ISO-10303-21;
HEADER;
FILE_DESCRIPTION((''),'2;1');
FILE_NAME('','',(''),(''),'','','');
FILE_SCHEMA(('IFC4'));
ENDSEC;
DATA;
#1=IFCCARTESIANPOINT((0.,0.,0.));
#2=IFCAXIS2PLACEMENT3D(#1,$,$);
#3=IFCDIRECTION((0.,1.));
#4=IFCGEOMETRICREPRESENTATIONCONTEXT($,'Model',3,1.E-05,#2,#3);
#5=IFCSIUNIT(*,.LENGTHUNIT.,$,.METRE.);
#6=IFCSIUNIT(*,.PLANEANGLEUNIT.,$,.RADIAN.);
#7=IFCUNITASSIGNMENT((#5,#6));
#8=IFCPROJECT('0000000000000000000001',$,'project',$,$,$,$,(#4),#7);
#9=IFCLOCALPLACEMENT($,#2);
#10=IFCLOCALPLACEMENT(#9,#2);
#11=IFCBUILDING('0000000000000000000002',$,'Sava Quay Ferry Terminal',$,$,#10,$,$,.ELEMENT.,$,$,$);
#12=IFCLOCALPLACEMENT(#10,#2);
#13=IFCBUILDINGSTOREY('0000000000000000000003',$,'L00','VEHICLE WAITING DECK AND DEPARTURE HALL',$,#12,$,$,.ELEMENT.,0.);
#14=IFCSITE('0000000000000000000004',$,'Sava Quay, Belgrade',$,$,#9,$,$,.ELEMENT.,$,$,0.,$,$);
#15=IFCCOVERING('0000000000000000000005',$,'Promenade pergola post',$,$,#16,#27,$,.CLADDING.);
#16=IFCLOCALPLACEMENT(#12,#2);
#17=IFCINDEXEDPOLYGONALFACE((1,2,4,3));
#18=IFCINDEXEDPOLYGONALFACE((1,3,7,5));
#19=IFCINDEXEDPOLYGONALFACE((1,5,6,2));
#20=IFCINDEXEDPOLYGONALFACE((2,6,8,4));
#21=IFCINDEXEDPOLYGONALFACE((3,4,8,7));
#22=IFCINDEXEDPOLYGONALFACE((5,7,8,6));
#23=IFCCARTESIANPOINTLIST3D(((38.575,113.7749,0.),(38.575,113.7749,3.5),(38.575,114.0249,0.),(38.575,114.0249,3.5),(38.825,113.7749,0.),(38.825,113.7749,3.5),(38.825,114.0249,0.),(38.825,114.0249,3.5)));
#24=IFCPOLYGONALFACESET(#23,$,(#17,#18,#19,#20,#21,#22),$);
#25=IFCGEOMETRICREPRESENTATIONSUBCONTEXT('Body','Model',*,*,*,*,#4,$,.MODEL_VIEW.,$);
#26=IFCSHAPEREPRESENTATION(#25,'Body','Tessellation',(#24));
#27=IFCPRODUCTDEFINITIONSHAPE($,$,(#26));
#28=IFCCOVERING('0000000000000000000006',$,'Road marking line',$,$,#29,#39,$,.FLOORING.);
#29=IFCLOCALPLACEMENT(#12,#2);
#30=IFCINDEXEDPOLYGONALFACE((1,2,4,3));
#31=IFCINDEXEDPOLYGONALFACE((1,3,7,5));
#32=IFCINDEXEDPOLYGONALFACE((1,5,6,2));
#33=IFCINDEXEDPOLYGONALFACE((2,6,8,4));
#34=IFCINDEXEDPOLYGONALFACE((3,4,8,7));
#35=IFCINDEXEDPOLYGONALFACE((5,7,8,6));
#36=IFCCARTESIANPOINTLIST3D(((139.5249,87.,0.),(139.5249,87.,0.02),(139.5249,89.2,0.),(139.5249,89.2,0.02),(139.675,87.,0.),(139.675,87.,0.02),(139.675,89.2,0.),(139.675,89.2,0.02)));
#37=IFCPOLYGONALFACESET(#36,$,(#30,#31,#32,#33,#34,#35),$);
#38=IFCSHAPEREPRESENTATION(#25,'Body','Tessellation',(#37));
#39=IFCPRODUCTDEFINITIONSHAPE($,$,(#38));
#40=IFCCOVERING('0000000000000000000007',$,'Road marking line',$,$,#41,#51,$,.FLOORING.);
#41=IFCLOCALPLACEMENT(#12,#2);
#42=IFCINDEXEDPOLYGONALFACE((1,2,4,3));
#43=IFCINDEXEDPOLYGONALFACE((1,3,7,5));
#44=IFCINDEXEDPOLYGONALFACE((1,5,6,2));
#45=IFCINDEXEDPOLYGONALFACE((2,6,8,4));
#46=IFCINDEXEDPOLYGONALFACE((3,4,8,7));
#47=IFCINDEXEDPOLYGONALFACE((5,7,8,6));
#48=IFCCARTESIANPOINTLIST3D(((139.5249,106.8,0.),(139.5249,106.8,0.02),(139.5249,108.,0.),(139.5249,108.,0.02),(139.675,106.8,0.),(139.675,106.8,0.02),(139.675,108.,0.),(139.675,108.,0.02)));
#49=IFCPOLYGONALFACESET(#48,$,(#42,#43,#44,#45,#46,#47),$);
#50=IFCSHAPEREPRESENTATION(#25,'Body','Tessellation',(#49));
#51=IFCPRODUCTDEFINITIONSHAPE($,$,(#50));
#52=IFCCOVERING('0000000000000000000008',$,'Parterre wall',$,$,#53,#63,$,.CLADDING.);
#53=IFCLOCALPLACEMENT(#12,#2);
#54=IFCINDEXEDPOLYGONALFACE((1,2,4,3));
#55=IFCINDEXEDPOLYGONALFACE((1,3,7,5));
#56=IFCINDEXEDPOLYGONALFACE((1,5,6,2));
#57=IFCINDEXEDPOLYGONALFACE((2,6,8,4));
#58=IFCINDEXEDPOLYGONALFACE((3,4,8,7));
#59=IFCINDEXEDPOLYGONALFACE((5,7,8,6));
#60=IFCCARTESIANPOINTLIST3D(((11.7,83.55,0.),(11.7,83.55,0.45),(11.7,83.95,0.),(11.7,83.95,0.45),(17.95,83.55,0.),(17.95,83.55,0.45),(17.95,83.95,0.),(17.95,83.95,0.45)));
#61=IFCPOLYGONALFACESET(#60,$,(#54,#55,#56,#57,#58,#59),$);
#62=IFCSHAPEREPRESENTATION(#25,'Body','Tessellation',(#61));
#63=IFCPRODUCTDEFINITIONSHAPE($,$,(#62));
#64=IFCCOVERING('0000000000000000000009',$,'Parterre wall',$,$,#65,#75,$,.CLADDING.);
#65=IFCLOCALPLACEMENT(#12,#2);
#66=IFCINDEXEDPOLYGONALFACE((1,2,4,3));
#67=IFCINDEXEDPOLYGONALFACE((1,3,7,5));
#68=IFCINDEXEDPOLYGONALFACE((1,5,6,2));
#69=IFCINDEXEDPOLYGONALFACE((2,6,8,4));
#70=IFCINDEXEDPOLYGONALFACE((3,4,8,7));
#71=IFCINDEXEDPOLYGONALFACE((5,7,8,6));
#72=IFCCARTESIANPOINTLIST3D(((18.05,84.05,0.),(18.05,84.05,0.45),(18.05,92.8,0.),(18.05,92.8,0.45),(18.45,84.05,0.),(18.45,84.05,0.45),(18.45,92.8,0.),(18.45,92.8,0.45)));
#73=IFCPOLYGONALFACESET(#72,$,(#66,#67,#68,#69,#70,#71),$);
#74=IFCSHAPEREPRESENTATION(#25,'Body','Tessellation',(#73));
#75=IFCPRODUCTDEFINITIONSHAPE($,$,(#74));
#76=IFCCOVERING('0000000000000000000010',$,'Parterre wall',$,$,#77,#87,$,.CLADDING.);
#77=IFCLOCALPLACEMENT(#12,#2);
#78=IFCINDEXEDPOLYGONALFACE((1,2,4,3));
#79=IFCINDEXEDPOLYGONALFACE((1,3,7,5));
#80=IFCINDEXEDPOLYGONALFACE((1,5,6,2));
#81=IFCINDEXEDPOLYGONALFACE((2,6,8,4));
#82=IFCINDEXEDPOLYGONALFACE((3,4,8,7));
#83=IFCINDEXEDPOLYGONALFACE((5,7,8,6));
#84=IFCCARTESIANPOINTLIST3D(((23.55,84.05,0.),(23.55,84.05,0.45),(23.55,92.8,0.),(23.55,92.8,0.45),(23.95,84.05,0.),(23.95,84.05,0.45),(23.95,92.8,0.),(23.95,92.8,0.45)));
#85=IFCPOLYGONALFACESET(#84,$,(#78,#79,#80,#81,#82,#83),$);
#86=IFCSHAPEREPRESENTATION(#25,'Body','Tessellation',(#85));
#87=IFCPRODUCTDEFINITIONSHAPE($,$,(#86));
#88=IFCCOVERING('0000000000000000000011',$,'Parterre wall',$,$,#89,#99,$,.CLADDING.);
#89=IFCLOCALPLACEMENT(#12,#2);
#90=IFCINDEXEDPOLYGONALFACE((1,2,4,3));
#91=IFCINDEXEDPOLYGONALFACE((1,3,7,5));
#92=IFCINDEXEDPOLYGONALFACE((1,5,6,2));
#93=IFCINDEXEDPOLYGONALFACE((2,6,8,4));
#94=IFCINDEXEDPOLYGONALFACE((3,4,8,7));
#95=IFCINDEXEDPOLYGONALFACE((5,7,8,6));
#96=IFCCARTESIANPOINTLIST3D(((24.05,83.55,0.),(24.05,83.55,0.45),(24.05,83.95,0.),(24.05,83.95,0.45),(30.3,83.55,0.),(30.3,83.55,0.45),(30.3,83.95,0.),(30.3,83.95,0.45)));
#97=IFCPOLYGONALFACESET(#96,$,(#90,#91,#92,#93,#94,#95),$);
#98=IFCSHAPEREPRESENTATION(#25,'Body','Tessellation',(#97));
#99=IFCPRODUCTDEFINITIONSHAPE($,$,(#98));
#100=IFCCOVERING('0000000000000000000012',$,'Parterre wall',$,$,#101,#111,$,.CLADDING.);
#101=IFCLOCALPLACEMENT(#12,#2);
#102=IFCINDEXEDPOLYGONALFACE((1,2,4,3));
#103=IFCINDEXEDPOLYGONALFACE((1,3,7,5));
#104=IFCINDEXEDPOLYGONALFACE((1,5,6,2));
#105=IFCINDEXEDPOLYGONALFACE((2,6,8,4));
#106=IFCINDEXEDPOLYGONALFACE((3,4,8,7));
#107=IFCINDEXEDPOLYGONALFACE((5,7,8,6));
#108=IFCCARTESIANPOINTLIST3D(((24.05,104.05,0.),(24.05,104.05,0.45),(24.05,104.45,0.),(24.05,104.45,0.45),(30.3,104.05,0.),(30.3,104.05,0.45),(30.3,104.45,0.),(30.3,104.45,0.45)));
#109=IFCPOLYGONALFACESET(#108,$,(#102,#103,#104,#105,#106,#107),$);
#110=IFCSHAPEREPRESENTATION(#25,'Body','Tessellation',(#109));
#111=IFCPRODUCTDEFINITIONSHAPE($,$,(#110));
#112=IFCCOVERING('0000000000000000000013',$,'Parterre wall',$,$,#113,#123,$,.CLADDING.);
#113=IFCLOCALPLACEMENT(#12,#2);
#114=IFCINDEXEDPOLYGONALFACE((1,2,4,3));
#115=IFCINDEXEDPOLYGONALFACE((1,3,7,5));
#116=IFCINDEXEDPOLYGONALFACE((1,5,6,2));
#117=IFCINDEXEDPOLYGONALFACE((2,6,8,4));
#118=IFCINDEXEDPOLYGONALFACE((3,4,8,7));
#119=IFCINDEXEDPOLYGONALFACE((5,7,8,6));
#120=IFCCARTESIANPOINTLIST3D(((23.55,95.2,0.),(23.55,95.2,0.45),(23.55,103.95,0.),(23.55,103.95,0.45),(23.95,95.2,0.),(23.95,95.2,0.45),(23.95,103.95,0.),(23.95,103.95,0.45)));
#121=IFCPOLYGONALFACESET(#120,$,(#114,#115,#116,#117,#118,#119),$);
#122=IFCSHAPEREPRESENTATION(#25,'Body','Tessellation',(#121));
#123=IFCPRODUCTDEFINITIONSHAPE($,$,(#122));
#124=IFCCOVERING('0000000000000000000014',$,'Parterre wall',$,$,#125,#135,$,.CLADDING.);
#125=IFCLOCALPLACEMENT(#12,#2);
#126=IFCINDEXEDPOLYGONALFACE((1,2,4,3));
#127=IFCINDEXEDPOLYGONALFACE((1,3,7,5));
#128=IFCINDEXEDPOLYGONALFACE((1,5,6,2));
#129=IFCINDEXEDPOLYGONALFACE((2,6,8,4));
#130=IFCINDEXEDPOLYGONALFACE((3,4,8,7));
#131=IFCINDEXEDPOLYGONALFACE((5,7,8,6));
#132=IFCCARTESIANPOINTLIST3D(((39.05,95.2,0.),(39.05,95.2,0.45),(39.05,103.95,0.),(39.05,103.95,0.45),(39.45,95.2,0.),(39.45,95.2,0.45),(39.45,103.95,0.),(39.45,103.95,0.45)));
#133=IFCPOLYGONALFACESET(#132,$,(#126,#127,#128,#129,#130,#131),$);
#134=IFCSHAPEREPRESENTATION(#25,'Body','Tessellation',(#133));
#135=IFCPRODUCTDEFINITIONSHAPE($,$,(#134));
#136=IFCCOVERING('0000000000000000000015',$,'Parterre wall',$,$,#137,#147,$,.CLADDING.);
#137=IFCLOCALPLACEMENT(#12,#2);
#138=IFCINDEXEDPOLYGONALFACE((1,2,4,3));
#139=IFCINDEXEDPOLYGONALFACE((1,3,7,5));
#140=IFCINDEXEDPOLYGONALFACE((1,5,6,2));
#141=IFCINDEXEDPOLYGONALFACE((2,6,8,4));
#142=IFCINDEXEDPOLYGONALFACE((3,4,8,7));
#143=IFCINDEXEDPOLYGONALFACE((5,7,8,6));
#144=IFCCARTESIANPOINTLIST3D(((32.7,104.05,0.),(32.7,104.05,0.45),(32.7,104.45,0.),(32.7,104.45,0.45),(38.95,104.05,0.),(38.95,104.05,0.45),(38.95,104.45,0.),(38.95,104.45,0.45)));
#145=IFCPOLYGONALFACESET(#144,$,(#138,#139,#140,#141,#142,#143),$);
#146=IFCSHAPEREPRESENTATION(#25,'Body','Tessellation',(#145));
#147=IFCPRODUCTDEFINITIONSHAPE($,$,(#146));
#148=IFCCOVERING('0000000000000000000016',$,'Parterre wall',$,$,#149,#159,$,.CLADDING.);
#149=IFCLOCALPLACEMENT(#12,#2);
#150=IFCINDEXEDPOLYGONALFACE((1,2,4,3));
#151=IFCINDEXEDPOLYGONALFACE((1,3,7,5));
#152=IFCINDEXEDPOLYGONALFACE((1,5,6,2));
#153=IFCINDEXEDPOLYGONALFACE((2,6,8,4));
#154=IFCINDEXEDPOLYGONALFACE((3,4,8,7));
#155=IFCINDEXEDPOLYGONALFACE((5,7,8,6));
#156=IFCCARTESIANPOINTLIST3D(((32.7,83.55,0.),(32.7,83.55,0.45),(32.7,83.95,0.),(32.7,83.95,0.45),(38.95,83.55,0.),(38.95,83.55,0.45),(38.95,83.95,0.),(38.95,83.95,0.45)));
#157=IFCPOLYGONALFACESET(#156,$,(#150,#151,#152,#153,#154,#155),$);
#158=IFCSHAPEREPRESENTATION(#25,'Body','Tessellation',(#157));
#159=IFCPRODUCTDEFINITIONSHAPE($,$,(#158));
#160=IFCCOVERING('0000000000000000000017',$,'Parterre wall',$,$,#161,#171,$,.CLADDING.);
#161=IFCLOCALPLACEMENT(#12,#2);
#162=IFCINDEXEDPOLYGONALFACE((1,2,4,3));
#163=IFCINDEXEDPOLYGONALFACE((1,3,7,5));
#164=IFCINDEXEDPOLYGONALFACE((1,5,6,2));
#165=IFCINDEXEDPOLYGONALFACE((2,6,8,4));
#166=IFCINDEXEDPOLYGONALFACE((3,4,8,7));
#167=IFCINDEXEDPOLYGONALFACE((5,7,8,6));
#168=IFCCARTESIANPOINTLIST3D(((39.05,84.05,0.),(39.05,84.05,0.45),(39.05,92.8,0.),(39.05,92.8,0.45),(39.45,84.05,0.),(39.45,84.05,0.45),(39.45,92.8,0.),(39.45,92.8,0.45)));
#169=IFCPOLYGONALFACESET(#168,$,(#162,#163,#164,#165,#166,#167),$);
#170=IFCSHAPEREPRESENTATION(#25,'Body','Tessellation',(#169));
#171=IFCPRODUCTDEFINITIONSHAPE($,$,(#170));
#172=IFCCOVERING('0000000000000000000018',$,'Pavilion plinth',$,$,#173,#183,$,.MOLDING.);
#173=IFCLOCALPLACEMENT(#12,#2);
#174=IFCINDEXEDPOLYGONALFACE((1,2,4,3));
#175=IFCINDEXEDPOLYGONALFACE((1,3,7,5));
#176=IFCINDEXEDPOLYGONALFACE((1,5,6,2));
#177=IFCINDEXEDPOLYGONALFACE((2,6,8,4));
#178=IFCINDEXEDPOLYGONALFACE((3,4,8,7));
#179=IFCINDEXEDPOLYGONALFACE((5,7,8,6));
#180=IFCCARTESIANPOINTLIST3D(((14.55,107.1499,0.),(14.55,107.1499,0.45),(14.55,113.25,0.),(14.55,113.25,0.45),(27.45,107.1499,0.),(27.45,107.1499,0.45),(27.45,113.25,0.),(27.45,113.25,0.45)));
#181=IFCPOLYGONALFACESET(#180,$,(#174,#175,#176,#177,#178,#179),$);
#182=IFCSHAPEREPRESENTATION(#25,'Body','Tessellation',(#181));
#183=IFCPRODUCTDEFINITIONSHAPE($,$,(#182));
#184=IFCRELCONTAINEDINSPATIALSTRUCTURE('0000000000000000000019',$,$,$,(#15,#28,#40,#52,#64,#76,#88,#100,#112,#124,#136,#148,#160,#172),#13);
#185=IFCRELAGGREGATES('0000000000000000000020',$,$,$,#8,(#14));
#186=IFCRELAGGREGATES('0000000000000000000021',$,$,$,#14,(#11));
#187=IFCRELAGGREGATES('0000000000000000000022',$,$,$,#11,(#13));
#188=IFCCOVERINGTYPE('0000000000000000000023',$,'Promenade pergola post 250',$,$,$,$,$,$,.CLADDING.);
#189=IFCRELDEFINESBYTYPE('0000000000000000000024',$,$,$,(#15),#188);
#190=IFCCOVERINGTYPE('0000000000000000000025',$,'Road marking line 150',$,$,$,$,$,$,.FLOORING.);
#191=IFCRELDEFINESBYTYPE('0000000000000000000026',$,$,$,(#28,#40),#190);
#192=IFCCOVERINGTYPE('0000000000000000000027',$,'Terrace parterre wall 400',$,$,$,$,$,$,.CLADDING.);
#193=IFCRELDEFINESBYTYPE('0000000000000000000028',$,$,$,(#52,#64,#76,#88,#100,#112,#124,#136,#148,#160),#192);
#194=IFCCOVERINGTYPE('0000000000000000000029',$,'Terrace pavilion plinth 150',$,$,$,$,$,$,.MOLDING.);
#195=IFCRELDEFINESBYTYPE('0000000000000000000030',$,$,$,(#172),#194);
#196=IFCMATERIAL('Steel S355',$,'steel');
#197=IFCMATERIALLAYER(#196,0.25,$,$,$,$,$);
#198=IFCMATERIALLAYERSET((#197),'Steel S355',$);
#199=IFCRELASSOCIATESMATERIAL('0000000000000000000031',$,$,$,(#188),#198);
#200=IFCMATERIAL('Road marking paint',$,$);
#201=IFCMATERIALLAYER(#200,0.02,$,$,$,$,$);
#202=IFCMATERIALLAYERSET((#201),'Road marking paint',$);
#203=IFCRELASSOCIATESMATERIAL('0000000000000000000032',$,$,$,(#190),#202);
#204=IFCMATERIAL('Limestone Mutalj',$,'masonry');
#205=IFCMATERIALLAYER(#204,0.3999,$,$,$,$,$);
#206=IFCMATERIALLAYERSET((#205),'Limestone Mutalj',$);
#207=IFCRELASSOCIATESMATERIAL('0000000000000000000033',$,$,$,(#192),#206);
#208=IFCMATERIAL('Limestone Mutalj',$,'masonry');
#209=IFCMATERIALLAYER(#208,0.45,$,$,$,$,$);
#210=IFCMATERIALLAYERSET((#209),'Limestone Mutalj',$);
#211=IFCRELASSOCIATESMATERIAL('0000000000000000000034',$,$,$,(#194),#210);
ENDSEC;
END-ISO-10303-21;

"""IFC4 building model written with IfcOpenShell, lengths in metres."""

from ifc_helpers import new_model, si_unit, direction, origin, place, context, subcontext, project, spatial, polyline, outline, extrude, material, layer, layer_set, type_object, element, save


model = new_model("IFC4")

# Units and contexts
model_context = context("Model", 3, precision=1e-05, world=origin(), true_north=direction((0.0, 1.0)))
body_context = subcontext(model_context, "Body", "Model", "MODEL_VIEW")
ifc_project = project(units=[si_unit("LENGTHUNIT", "METRE"), si_unit("PLANEANGLEUNIT", "RADIAN")], contexts=[model_context])

# Site, building, storey
site_placement = place(None, origin())
site = spatial("IfcSite", under=ifc_project, at=site_placement, Name="Sava Quay, Belgrade", CompositionType="ELEMENT", RefElevation=0.0)
building_placement = place(site_placement, origin())
building = spatial("IfcBuilding", under=site, at=building_placement, Name="Sava Quay Ferry Terminal", CompositionType="ELEMENT")
storey_placement = place(building_placement, origin())
storey = spatial("IfcBuildingStorey", under=building, at=storey_placement, Name="L00", Description="VEHICLE WAITING DECK AND DEPARTURE HALL", CompositionType="ELEMENT", Elevation=0.0)

# Coverings
ifc_material_1 = material(Name="Steel S355", Category="steel")
ifc_layer_1 = layer(ifc_material_1, 0.25)
ifc_layer_set_1 = layer_set([ifc_layer_1], Name="Steel S355")
covering_type_1 = type_object("IfcCoveringType", Name="Promenade pergola post 250", PredefinedType="CLADDING", material=ifc_layer_set_1)
covering_1_placement = place(storey_placement, origin())
element("IfcCovering", 1, at=covering_1_placement, inside=storey, type_object=covering_type_1, Name="Promenade pergola post", PredefinedType="CLADDING", context=body_context, shape_type="SweptSolid", body=[
    extrude(outline(polyline([(38.825, 113.7749), (38.825, 114.0249), (38.575, 114.0249), (38.575, 113.7749), (38.825, 113.7749)])), origin(), (0.0, 0.0, 1.0), 3.5),
])
ifc_material_2 = material(Name="Road marking paint")
ifc_layer_2 = layer(ifc_material_2, 0.02)
ifc_layer_set_2 = layer_set([ifc_layer_2], Name="Road marking paint")
covering_type_2 = type_object("IfcCoveringType", Name="Road marking line 150", PredefinedType="FLOORING", material=ifc_layer_set_2)
covering_2_placement = place(storey_placement, origin())
element("IfcCovering", 2, at=covering_2_placement, inside=storey, type_object=covering_type_2, Name="Road marking line", PredefinedType="FLOORING", context=body_context, shape_type="SweptSolid", body=[
    extrude(outline(polyline([(139.5249, 89.2), (139.5249, 87.0), (139.675, 87.0), (139.675, 89.2), (139.5249, 89.2)])), origin(), (0.0, 0.0, 1.0), 0.02),
])
covering_3_placement = place(storey_placement, origin())
element("IfcCovering", 3, at=covering_3_placement, inside=storey, type_object=covering_type_2, Name="Road marking line", PredefinedType="FLOORING", context=body_context, shape_type="SweptSolid", body=[
    extrude(outline(polyline([(139.5249, 108.0), (139.5249, 106.8), (139.675, 106.8), (139.675, 108.0), (139.5249, 108.0)])), origin(), (0.0, 0.0, 1.0), 0.02),
])
ifc_material_3 = material(Name="Limestone Mutalj", Category="masonry")
ifc_layer_3 = layer(ifc_material_3, 0.3999)
ifc_layer_set_3 = layer_set([ifc_layer_3], Name="Limestone Mutalj")
covering_type_3 = type_object("IfcCoveringType", Name="Terrace parterre wall 400", PredefinedType="CLADDING", material=ifc_layer_set_3)
covering_4_placement = place(storey_placement, origin())
element("IfcCovering", 4, at=covering_4_placement, inside=storey, type_object=covering_type_3, Name="Parterre wall", PredefinedType="CLADDING", context=body_context, shape_type="SweptSolid", body=[
    extrude(outline(polyline([(11.7, 83.95), (11.7, 83.55), (17.95, 83.55), (17.95, 83.95), (11.7, 83.95)])), origin(), (0.0, 0.0, 1.0), 0.45),
])
covering_5_placement = place(storey_placement, origin())
element("IfcCovering", 5, at=covering_5_placement, inside=storey, type_object=covering_type_3, Name="Parterre wall", PredefinedType="CLADDING", context=body_context, shape_type="SweptSolid", body=[
    extrude(outline(polyline([(18.45, 92.8), (18.05, 92.8), (18.05, 84.05), (18.45, 84.05), (18.45, 92.8)])), origin(), (0.0, 0.0, 1.0), 0.45),
])
covering_6_placement = place(storey_placement, origin())
element("IfcCovering", 6, at=covering_6_placement, inside=storey, type_object=covering_type_3, Name="Parterre wall", PredefinedType="CLADDING", context=body_context, shape_type="SweptSolid", body=[
    extrude(outline(polyline([(23.95, 84.05), (23.95, 92.8), (23.55, 92.8), (23.55, 84.05), (23.95, 84.05)])), origin(), (0.0, 0.0, 1.0), 0.45),
])
covering_7_placement = place(storey_placement, origin())
element("IfcCovering", 7, at=covering_7_placement, inside=storey, type_object=covering_type_3, Name="Parterre wall", PredefinedType="CLADDING", context=body_context, shape_type="SweptSolid", body=[
    extrude(outline(polyline([(30.3, 83.55), (30.3, 83.95), (24.05, 83.95), (24.05, 83.55), (30.3, 83.55)])), origin(), (0.0, 0.0, 1.0), 0.45),
])
covering_8_placement = place(storey_placement, origin())
element("IfcCovering", 8, at=covering_8_placement, inside=storey, type_object=covering_type_3, Name="Parterre wall", PredefinedType="CLADDING", context=body_context, shape_type="SweptSolid", body=[
    extrude(outline(polyline([(30.3, 104.05), (30.3, 104.45), (24.05, 104.45), (24.05, 104.05), (30.3, 104.05)])), origin(), (0.0, 0.0, 1.0), 0.45),
])
covering_9_placement = place(storey_placement, origin())
element("IfcCovering", 9, at=covering_9_placement, inside=storey, type_object=covering_type_3, Name="Parterre wall", PredefinedType="CLADDING", context=body_context, shape_type="SweptSolid", body=[
    extrude(outline(polyline([(23.55, 95.2), (23.95, 95.2), (23.95, 103.95), (23.55, 103.95), (23.55, 95.2)])), origin(), (0.0, 0.0, 1.0), 0.45),
])
covering_10_placement = place(storey_placement, origin())
element("IfcCovering", 10, at=covering_10_placement, inside=storey, type_object=covering_type_3, Name="Parterre wall", PredefinedType="CLADDING", context=body_context, shape_type="SweptSolid", body=[
    extrude(outline(polyline([(39.05, 95.2), (39.45, 95.2), (39.45, 103.95), (39.05, 103.95), (39.05, 95.2)])), origin(), (0.0, 0.0, 1.0), 0.45),
])
covering_11_placement = place(storey_placement, origin())
element("IfcCovering", 11, at=covering_11_placement, inside=storey, type_object=covering_type_3, Name="Parterre wall", PredefinedType="CLADDING", context=body_context, shape_type="SweptSolid", body=[
    extrude(outline(polyline([(32.7, 104.45), (32.7, 104.05), (38.95, 104.05), (38.95, 104.45), (32.7, 104.45)])), origin(), (0.0, 0.0, 1.0), 0.45),
])
covering_12_placement = place(storey_placement, origin())
element("IfcCovering", 12, at=covering_12_placement, inside=storey, type_object=covering_type_3, Name="Parterre wall", PredefinedType="CLADDING", context=body_context, shape_type="SweptSolid", body=[
    extrude(outline(polyline([(32.7, 83.95), (32.7, 83.55), (38.95, 83.55), (38.95, 83.95), (32.7, 83.95)])), origin(), (0.0, 0.0, 1.0), 0.45),
])
covering_13_placement = place(storey_placement, origin())
element("IfcCovering", 13, at=covering_13_placement, inside=storey, type_object=covering_type_3, Name="Parterre wall", PredefinedType="CLADDING", context=body_context, shape_type="SweptSolid", body=[
    extrude(outline(polyline([(39.45, 92.8), (39.05, 92.8), (39.05, 84.05), (39.45, 84.05), (39.45, 92.8)])), origin(), (0.0, 0.0, 1.0), 0.45),
])
ifc_material_4 = material(Name="Limestone Mutalj", Category="masonry")
ifc_layer_4 = layer(ifc_material_4, 0.45)
ifc_layer_set_4 = layer_set([ifc_layer_4], Name="Limestone Mutalj")
covering_type_4 = type_object("IfcCoveringType", Name="Terrace pavilion plinth 150", PredefinedType="MOLDING", material=ifc_layer_set_4)
covering_14_placement = place(storey_placement, origin())
element("IfcCovering", 14, at=covering_14_placement, inside=storey, type_object=covering_type_4, Name="Pavilion plinth", PredefinedType="MOLDING", context=body_context, shape_type="SweptSolid", body=[
    extrude(outline(polyline([(27.45, 107.1499), (27.45, 113.25), (14.55, 113.25), (14.55, 107.1499), (27.45, 107.1499)])), origin(), (0.0, 0.0, 1.0), 0.45),
])

save(model, "model.ifc")
